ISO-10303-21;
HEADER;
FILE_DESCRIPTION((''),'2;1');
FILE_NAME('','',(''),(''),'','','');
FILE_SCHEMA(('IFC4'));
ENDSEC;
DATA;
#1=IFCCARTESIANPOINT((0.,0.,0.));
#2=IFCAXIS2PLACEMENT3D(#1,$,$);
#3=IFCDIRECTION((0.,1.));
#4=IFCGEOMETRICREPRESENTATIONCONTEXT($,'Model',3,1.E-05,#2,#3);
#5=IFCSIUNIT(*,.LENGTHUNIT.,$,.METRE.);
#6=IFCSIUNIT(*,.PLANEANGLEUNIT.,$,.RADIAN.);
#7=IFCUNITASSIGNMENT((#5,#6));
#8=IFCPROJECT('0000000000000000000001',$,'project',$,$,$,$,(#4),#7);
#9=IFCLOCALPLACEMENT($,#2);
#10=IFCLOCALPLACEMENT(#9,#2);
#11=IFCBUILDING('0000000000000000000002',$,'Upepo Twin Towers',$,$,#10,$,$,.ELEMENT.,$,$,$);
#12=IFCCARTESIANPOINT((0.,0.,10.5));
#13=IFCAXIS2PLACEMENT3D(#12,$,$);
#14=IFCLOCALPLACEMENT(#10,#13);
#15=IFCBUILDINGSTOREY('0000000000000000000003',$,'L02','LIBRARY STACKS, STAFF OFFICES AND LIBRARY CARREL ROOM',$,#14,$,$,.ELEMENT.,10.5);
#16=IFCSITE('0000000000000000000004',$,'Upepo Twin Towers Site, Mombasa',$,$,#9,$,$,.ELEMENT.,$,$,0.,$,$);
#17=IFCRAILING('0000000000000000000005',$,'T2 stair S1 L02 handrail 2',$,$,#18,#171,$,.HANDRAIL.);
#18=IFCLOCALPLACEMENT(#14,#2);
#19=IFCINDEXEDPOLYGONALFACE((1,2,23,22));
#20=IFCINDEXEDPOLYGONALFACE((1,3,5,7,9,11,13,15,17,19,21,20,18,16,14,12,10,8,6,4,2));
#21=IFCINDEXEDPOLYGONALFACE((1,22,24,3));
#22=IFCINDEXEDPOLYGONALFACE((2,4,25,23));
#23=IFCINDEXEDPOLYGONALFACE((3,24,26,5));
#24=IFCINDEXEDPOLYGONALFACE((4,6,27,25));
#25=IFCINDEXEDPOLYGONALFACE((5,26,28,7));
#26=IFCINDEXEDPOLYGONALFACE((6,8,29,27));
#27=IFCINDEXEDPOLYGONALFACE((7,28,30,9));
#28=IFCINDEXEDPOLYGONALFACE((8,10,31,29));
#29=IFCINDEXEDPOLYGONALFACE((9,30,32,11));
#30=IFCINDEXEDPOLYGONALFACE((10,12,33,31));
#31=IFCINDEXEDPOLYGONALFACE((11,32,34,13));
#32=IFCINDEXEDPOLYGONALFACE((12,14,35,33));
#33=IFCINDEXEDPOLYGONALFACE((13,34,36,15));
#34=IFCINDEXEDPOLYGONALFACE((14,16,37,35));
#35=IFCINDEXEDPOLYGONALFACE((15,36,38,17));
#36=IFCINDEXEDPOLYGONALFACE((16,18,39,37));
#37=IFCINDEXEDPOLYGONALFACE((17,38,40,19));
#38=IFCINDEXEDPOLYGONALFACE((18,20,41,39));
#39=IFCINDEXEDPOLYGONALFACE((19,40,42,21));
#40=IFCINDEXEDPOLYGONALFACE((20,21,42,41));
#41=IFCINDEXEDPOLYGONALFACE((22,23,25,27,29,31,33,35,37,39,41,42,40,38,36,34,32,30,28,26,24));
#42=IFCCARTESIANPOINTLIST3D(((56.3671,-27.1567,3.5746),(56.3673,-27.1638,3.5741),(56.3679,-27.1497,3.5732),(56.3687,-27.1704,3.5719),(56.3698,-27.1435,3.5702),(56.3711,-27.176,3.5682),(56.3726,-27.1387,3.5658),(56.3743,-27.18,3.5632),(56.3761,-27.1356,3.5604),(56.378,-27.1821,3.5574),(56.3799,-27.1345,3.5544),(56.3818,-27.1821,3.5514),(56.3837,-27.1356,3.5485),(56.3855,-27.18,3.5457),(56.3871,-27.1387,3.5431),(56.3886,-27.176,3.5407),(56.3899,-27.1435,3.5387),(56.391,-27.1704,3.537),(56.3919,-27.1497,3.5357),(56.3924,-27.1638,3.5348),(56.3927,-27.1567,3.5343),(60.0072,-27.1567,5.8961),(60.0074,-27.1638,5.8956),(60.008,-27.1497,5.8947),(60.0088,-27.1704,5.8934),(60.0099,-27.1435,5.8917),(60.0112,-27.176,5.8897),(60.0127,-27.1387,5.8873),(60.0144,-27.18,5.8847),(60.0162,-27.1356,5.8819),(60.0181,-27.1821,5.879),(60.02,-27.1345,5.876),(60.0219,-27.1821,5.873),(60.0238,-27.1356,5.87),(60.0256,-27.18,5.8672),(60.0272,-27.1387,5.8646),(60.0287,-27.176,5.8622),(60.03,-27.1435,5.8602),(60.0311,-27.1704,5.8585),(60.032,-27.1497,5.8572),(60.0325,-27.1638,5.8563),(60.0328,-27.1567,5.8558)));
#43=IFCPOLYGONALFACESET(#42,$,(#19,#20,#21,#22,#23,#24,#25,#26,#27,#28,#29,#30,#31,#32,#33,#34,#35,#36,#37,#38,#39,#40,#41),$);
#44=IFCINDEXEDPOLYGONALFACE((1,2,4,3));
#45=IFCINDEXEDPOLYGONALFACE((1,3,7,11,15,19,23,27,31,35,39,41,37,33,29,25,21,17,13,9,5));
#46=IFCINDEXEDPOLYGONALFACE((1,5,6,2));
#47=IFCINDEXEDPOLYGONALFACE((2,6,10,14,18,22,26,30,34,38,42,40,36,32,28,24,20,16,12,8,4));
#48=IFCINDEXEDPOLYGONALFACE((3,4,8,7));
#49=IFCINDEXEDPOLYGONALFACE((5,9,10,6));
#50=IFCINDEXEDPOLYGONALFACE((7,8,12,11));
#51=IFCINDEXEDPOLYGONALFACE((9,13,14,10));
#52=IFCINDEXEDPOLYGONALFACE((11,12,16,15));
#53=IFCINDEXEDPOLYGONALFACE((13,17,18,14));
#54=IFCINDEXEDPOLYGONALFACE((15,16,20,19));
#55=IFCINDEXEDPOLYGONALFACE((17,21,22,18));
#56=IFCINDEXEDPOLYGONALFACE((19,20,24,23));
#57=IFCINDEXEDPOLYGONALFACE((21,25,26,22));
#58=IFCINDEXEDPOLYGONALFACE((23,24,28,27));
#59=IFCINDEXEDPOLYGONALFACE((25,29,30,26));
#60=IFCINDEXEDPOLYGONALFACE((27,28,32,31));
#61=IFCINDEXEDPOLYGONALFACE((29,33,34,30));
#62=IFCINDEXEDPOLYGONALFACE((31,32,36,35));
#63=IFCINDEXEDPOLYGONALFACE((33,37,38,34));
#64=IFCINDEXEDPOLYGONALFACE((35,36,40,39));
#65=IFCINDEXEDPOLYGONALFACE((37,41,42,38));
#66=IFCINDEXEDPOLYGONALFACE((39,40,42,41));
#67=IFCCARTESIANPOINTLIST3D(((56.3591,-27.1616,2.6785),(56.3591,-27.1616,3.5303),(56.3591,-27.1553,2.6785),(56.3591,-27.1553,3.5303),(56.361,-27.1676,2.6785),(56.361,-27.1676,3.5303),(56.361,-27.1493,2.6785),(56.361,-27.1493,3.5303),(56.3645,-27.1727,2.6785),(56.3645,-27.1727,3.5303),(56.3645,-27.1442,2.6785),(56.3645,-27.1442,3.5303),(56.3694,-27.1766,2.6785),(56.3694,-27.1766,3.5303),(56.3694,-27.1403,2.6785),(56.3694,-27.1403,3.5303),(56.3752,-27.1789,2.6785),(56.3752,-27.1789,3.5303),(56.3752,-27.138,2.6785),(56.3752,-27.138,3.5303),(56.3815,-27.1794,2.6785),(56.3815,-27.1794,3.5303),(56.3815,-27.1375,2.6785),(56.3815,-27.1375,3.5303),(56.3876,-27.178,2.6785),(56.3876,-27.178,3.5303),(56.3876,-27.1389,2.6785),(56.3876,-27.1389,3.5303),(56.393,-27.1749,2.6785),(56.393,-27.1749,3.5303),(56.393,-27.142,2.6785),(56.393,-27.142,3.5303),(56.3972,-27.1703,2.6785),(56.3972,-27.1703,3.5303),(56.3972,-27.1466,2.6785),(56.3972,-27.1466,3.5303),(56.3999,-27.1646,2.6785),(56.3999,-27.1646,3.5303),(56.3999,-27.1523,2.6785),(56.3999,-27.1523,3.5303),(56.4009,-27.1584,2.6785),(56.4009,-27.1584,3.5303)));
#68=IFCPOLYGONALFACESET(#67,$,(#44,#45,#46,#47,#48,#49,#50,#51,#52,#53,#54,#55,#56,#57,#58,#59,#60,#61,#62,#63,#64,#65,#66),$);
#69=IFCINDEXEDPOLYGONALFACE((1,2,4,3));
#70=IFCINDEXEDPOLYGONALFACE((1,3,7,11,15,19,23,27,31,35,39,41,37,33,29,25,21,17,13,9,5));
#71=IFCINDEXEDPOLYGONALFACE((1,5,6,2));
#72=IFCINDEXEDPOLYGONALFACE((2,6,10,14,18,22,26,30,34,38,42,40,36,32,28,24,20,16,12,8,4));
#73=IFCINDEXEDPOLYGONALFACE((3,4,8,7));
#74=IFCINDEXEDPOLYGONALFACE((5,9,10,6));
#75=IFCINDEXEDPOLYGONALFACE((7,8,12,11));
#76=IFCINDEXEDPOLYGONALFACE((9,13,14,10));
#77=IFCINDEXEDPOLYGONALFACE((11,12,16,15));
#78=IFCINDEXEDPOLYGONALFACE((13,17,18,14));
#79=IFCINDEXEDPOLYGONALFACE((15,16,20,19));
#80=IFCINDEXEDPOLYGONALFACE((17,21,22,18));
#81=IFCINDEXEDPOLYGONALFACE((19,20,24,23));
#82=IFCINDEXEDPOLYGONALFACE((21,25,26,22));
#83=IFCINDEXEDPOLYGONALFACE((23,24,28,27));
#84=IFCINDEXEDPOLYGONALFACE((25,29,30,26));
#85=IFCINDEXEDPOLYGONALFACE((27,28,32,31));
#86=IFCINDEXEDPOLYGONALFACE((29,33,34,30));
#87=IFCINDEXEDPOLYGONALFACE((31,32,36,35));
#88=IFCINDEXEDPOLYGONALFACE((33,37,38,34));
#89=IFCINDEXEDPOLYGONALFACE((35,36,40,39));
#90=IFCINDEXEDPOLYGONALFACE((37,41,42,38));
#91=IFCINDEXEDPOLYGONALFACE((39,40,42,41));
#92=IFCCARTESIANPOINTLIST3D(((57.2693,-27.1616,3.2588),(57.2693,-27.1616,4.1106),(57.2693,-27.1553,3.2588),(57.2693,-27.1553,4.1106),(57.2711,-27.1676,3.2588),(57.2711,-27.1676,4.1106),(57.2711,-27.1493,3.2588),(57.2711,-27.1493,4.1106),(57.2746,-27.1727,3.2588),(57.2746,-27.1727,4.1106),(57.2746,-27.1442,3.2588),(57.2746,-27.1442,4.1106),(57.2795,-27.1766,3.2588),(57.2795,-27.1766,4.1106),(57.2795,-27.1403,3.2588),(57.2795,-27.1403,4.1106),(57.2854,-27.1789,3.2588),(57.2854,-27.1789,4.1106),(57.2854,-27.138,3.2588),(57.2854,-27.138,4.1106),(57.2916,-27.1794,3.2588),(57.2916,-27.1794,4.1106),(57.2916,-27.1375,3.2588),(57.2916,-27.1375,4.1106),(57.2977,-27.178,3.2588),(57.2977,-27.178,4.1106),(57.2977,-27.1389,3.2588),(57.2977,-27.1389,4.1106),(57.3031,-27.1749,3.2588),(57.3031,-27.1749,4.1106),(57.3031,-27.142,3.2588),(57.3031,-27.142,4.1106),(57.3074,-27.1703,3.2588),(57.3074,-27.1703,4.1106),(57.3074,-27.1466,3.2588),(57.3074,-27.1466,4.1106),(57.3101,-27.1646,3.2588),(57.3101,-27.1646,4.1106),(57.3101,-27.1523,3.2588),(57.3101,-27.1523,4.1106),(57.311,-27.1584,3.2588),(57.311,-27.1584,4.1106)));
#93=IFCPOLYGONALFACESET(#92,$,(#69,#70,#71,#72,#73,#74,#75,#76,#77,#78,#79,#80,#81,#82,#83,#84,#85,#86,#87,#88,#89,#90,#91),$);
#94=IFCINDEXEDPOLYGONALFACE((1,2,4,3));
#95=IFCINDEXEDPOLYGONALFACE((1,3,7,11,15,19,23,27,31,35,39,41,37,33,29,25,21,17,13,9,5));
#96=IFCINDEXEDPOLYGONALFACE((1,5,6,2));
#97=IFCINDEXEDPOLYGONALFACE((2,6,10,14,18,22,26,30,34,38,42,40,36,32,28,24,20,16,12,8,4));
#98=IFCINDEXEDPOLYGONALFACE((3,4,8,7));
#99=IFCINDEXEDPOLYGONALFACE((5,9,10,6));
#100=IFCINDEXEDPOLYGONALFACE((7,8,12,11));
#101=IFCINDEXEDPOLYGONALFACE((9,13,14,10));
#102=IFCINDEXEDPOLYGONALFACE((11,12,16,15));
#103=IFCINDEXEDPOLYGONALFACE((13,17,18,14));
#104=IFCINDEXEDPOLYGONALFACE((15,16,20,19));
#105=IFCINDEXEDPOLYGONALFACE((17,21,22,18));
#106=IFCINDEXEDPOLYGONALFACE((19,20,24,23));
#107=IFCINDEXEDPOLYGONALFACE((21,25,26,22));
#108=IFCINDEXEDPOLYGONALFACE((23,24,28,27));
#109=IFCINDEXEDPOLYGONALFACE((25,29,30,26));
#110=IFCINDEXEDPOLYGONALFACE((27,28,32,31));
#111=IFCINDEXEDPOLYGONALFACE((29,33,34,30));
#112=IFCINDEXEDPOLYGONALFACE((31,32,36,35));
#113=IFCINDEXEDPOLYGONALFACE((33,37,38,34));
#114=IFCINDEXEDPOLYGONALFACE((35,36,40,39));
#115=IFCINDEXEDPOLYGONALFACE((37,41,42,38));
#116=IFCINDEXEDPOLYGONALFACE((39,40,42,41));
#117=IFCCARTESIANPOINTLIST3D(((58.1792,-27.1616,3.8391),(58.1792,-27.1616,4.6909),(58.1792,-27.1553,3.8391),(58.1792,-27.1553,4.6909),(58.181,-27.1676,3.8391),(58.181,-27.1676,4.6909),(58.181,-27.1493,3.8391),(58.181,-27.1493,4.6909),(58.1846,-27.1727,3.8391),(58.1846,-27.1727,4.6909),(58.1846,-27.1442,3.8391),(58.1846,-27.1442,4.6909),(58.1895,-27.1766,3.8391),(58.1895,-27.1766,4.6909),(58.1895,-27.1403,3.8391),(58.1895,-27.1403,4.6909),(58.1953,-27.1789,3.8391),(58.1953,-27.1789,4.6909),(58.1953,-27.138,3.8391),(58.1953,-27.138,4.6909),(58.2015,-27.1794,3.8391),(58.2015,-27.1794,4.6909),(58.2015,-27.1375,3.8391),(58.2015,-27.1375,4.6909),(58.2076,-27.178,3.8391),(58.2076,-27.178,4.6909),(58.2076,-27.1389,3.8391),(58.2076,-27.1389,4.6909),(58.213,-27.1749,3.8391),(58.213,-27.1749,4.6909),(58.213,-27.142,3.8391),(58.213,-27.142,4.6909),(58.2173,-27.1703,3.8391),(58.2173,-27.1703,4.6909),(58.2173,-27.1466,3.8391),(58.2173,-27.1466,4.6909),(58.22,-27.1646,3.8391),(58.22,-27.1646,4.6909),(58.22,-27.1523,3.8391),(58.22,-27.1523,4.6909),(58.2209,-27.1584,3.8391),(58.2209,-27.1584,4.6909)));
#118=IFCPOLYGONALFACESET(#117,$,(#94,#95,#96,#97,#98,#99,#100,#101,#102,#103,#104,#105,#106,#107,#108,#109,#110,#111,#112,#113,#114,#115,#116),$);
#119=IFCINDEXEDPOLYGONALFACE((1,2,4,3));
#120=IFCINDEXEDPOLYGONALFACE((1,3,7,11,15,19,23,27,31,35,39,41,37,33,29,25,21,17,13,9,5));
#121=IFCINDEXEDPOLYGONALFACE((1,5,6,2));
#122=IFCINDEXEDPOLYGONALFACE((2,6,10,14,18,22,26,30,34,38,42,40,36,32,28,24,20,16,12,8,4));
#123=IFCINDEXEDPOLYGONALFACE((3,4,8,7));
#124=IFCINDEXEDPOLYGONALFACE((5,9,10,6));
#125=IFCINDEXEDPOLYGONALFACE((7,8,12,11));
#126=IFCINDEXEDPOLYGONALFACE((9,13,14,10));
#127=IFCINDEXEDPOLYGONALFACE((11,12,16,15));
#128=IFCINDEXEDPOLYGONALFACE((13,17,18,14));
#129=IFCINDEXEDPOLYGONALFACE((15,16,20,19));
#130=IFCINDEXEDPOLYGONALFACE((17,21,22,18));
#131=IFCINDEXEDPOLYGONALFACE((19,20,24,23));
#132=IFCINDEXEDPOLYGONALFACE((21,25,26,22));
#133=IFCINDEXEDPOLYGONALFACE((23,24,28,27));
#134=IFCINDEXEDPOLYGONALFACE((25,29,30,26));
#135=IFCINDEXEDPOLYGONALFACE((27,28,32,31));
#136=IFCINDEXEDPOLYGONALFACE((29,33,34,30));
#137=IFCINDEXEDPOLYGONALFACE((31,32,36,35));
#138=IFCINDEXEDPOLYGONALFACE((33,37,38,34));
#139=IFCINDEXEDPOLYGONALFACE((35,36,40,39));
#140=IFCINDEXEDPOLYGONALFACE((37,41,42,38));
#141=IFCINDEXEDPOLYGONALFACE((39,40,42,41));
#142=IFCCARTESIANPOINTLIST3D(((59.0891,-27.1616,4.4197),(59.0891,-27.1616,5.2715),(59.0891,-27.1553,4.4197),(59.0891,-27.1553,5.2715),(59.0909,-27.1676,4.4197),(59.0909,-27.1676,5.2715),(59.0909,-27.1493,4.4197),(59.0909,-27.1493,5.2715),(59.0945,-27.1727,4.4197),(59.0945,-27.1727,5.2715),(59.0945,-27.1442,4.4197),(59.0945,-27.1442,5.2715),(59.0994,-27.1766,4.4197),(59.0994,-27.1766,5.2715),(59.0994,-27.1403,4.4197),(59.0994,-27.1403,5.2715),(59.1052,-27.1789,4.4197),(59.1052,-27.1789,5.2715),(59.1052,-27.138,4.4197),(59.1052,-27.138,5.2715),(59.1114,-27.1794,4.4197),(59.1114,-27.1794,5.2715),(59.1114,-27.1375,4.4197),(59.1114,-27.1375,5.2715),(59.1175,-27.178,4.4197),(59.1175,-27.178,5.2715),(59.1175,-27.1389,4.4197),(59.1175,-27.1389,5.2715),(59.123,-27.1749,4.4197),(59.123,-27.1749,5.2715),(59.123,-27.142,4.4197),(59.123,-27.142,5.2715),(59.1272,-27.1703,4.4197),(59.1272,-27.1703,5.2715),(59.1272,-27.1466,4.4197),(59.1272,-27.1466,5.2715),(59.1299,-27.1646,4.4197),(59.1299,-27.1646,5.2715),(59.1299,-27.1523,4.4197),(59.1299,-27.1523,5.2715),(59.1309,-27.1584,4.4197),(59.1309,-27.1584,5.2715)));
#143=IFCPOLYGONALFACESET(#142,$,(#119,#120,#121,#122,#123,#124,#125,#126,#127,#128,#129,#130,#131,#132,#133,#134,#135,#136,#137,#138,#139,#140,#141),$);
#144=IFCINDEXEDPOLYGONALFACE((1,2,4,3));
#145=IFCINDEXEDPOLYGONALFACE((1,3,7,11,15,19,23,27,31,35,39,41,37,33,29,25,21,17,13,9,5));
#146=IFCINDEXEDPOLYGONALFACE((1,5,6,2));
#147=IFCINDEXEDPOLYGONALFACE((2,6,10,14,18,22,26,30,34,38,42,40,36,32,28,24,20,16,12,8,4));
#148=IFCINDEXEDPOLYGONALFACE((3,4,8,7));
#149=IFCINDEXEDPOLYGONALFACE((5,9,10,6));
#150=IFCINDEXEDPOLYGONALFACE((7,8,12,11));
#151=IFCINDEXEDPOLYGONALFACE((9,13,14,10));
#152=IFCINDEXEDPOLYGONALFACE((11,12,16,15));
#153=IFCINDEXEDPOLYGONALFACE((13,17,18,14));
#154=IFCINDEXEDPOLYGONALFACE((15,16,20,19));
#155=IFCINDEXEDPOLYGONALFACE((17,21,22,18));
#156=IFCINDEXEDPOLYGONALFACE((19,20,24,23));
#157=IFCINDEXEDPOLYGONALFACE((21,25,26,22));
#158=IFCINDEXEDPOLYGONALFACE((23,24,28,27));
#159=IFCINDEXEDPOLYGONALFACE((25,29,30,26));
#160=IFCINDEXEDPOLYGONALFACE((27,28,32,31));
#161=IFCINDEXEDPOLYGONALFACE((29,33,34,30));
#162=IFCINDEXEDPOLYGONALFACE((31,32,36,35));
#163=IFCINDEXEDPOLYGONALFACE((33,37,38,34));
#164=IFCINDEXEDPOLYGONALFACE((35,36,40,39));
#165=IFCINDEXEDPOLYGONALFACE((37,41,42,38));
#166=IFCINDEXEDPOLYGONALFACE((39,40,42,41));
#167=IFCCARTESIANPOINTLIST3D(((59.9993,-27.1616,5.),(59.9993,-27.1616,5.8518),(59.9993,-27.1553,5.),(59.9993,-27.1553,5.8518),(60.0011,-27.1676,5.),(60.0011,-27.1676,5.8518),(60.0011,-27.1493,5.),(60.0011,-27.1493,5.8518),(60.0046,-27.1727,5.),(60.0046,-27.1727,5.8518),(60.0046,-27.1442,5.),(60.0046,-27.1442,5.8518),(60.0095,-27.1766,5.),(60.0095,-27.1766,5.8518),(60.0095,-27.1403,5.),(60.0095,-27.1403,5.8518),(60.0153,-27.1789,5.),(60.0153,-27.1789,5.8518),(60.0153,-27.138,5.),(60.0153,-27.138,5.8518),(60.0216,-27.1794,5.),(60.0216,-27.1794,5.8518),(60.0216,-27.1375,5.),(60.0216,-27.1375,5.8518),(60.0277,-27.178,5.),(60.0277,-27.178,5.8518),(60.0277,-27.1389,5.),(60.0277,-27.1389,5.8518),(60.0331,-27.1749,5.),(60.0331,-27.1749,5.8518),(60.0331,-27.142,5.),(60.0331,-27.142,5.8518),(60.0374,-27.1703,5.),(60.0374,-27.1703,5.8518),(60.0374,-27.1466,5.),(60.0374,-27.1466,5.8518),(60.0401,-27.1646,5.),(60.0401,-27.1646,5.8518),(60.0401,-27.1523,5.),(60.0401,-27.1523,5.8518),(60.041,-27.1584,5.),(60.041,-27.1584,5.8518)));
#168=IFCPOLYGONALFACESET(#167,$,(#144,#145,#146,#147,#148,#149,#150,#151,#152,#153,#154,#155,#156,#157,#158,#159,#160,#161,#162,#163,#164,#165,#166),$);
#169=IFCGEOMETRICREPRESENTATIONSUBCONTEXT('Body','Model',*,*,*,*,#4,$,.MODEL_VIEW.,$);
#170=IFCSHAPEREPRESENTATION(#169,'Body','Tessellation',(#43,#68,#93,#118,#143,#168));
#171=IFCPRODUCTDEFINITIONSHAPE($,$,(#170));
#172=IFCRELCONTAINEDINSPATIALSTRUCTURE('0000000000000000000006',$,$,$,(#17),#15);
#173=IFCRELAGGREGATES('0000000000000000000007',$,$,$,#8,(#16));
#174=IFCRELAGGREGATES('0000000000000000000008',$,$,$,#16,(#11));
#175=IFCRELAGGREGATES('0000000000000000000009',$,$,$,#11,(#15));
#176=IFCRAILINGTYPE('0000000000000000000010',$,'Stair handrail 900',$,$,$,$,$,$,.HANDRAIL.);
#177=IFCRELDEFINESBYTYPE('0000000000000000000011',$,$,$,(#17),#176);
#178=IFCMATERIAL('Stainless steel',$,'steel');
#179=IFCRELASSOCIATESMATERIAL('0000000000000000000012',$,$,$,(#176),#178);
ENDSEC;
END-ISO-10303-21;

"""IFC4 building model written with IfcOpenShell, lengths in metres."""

from ifc_helpers import new_model, si_unit, direction, frame, origin, origin_2d, place, context, subcontext, project, spatial, circle, extrude, material, type_object, element, save


model = new_model("IFC4")

# Units and contexts
model_context = context("Model", 3, precision=1e-05, world=origin(), true_north=direction((0.0, 1.0)))
body_context = subcontext(model_context, "Body", "Model", "MODEL_VIEW")
ifc_project = project(units=[si_unit("LENGTHUNIT", "METRE"), si_unit("PLANEANGLEUNIT", "RADIAN")], contexts=[model_context])

# Site, building, storey
site_placement = place(None, origin())
site = spatial("IfcSite", under=ifc_project, at=site_placement, Name="Upepo Twin Towers Site, Mombasa", CompositionType="ELEMENT", RefElevation=0.0)
building_placement = place(site_placement, origin())
building = spatial("IfcBuilding", under=site, at=building_placement, Name="Upepo Twin Towers", CompositionType="ELEMENT")
storey_placement = place(building_placement, frame((0.0, 0.0, 10.5)))
storey = spatial("IfcBuildingStorey", under=building, at=storey_placement, Name="L02", Description="LIBRARY STACKS, STAFF OFFICES AND LIBRARY CARREL ROOM", CompositionType="ELEMENT", Elevation=10.5)

# Railing
ifc_material_1 = material(Name="Stainless steel", Category="steel")
railing_type = type_object("IfcRailingType", Name="Stair handrail 900", PredefinedType="HANDRAIL", material=ifc_material_1)
railing_1_placement = place(storey_placement, frame((56.3799, -27.1584, 2.6785)))
element("IfcRailing", 1, at=railing_1_placement, inside=storey, type_object=railing_type, Name="T2 stair S1 L02 handrail 2", PredefinedType="HANDRAIL", context=body_context, shape_type="SweptSolid", body=[
    extrude(circle(Radius=0.0239, at=origin_2d()), frame((0.0, 0.0, 0.876), z_axis=(0.843128, 0.0, 0.537713), x_axis=(0.0, 1.0, 0.0)), (0.0, 0.0, 1.0), 4.3174),
    extrude(circle(Radius=0.021, at=origin_2d()), origin(), (0.0, 0.0, 1.0), 0.8518),
    extrude(circle(Radius=0.021, at=origin_2d()), frame((0.9102, 0.0, 0.5803)), (0.0, 0.0, 1.0), 0.8518),
    extrude(circle(Radius=0.021, at=origin_2d()), frame((1.8201, 0.0, 1.1606)), (0.0, 0.0, 1.0), 0.8518),
    extrude(circle(Radius=0.021, at=origin_2d()), frame((2.73, 0.0, 1.7412)), (0.0, 0.0, 1.0), 0.8518),
    extrude(circle(Radius=0.021, at=origin_2d()), frame((3.6401, 0.0, 2.3215)), (0.0, 0.0, 1.0), 0.8518),
])

save(model, "model.ifc")
